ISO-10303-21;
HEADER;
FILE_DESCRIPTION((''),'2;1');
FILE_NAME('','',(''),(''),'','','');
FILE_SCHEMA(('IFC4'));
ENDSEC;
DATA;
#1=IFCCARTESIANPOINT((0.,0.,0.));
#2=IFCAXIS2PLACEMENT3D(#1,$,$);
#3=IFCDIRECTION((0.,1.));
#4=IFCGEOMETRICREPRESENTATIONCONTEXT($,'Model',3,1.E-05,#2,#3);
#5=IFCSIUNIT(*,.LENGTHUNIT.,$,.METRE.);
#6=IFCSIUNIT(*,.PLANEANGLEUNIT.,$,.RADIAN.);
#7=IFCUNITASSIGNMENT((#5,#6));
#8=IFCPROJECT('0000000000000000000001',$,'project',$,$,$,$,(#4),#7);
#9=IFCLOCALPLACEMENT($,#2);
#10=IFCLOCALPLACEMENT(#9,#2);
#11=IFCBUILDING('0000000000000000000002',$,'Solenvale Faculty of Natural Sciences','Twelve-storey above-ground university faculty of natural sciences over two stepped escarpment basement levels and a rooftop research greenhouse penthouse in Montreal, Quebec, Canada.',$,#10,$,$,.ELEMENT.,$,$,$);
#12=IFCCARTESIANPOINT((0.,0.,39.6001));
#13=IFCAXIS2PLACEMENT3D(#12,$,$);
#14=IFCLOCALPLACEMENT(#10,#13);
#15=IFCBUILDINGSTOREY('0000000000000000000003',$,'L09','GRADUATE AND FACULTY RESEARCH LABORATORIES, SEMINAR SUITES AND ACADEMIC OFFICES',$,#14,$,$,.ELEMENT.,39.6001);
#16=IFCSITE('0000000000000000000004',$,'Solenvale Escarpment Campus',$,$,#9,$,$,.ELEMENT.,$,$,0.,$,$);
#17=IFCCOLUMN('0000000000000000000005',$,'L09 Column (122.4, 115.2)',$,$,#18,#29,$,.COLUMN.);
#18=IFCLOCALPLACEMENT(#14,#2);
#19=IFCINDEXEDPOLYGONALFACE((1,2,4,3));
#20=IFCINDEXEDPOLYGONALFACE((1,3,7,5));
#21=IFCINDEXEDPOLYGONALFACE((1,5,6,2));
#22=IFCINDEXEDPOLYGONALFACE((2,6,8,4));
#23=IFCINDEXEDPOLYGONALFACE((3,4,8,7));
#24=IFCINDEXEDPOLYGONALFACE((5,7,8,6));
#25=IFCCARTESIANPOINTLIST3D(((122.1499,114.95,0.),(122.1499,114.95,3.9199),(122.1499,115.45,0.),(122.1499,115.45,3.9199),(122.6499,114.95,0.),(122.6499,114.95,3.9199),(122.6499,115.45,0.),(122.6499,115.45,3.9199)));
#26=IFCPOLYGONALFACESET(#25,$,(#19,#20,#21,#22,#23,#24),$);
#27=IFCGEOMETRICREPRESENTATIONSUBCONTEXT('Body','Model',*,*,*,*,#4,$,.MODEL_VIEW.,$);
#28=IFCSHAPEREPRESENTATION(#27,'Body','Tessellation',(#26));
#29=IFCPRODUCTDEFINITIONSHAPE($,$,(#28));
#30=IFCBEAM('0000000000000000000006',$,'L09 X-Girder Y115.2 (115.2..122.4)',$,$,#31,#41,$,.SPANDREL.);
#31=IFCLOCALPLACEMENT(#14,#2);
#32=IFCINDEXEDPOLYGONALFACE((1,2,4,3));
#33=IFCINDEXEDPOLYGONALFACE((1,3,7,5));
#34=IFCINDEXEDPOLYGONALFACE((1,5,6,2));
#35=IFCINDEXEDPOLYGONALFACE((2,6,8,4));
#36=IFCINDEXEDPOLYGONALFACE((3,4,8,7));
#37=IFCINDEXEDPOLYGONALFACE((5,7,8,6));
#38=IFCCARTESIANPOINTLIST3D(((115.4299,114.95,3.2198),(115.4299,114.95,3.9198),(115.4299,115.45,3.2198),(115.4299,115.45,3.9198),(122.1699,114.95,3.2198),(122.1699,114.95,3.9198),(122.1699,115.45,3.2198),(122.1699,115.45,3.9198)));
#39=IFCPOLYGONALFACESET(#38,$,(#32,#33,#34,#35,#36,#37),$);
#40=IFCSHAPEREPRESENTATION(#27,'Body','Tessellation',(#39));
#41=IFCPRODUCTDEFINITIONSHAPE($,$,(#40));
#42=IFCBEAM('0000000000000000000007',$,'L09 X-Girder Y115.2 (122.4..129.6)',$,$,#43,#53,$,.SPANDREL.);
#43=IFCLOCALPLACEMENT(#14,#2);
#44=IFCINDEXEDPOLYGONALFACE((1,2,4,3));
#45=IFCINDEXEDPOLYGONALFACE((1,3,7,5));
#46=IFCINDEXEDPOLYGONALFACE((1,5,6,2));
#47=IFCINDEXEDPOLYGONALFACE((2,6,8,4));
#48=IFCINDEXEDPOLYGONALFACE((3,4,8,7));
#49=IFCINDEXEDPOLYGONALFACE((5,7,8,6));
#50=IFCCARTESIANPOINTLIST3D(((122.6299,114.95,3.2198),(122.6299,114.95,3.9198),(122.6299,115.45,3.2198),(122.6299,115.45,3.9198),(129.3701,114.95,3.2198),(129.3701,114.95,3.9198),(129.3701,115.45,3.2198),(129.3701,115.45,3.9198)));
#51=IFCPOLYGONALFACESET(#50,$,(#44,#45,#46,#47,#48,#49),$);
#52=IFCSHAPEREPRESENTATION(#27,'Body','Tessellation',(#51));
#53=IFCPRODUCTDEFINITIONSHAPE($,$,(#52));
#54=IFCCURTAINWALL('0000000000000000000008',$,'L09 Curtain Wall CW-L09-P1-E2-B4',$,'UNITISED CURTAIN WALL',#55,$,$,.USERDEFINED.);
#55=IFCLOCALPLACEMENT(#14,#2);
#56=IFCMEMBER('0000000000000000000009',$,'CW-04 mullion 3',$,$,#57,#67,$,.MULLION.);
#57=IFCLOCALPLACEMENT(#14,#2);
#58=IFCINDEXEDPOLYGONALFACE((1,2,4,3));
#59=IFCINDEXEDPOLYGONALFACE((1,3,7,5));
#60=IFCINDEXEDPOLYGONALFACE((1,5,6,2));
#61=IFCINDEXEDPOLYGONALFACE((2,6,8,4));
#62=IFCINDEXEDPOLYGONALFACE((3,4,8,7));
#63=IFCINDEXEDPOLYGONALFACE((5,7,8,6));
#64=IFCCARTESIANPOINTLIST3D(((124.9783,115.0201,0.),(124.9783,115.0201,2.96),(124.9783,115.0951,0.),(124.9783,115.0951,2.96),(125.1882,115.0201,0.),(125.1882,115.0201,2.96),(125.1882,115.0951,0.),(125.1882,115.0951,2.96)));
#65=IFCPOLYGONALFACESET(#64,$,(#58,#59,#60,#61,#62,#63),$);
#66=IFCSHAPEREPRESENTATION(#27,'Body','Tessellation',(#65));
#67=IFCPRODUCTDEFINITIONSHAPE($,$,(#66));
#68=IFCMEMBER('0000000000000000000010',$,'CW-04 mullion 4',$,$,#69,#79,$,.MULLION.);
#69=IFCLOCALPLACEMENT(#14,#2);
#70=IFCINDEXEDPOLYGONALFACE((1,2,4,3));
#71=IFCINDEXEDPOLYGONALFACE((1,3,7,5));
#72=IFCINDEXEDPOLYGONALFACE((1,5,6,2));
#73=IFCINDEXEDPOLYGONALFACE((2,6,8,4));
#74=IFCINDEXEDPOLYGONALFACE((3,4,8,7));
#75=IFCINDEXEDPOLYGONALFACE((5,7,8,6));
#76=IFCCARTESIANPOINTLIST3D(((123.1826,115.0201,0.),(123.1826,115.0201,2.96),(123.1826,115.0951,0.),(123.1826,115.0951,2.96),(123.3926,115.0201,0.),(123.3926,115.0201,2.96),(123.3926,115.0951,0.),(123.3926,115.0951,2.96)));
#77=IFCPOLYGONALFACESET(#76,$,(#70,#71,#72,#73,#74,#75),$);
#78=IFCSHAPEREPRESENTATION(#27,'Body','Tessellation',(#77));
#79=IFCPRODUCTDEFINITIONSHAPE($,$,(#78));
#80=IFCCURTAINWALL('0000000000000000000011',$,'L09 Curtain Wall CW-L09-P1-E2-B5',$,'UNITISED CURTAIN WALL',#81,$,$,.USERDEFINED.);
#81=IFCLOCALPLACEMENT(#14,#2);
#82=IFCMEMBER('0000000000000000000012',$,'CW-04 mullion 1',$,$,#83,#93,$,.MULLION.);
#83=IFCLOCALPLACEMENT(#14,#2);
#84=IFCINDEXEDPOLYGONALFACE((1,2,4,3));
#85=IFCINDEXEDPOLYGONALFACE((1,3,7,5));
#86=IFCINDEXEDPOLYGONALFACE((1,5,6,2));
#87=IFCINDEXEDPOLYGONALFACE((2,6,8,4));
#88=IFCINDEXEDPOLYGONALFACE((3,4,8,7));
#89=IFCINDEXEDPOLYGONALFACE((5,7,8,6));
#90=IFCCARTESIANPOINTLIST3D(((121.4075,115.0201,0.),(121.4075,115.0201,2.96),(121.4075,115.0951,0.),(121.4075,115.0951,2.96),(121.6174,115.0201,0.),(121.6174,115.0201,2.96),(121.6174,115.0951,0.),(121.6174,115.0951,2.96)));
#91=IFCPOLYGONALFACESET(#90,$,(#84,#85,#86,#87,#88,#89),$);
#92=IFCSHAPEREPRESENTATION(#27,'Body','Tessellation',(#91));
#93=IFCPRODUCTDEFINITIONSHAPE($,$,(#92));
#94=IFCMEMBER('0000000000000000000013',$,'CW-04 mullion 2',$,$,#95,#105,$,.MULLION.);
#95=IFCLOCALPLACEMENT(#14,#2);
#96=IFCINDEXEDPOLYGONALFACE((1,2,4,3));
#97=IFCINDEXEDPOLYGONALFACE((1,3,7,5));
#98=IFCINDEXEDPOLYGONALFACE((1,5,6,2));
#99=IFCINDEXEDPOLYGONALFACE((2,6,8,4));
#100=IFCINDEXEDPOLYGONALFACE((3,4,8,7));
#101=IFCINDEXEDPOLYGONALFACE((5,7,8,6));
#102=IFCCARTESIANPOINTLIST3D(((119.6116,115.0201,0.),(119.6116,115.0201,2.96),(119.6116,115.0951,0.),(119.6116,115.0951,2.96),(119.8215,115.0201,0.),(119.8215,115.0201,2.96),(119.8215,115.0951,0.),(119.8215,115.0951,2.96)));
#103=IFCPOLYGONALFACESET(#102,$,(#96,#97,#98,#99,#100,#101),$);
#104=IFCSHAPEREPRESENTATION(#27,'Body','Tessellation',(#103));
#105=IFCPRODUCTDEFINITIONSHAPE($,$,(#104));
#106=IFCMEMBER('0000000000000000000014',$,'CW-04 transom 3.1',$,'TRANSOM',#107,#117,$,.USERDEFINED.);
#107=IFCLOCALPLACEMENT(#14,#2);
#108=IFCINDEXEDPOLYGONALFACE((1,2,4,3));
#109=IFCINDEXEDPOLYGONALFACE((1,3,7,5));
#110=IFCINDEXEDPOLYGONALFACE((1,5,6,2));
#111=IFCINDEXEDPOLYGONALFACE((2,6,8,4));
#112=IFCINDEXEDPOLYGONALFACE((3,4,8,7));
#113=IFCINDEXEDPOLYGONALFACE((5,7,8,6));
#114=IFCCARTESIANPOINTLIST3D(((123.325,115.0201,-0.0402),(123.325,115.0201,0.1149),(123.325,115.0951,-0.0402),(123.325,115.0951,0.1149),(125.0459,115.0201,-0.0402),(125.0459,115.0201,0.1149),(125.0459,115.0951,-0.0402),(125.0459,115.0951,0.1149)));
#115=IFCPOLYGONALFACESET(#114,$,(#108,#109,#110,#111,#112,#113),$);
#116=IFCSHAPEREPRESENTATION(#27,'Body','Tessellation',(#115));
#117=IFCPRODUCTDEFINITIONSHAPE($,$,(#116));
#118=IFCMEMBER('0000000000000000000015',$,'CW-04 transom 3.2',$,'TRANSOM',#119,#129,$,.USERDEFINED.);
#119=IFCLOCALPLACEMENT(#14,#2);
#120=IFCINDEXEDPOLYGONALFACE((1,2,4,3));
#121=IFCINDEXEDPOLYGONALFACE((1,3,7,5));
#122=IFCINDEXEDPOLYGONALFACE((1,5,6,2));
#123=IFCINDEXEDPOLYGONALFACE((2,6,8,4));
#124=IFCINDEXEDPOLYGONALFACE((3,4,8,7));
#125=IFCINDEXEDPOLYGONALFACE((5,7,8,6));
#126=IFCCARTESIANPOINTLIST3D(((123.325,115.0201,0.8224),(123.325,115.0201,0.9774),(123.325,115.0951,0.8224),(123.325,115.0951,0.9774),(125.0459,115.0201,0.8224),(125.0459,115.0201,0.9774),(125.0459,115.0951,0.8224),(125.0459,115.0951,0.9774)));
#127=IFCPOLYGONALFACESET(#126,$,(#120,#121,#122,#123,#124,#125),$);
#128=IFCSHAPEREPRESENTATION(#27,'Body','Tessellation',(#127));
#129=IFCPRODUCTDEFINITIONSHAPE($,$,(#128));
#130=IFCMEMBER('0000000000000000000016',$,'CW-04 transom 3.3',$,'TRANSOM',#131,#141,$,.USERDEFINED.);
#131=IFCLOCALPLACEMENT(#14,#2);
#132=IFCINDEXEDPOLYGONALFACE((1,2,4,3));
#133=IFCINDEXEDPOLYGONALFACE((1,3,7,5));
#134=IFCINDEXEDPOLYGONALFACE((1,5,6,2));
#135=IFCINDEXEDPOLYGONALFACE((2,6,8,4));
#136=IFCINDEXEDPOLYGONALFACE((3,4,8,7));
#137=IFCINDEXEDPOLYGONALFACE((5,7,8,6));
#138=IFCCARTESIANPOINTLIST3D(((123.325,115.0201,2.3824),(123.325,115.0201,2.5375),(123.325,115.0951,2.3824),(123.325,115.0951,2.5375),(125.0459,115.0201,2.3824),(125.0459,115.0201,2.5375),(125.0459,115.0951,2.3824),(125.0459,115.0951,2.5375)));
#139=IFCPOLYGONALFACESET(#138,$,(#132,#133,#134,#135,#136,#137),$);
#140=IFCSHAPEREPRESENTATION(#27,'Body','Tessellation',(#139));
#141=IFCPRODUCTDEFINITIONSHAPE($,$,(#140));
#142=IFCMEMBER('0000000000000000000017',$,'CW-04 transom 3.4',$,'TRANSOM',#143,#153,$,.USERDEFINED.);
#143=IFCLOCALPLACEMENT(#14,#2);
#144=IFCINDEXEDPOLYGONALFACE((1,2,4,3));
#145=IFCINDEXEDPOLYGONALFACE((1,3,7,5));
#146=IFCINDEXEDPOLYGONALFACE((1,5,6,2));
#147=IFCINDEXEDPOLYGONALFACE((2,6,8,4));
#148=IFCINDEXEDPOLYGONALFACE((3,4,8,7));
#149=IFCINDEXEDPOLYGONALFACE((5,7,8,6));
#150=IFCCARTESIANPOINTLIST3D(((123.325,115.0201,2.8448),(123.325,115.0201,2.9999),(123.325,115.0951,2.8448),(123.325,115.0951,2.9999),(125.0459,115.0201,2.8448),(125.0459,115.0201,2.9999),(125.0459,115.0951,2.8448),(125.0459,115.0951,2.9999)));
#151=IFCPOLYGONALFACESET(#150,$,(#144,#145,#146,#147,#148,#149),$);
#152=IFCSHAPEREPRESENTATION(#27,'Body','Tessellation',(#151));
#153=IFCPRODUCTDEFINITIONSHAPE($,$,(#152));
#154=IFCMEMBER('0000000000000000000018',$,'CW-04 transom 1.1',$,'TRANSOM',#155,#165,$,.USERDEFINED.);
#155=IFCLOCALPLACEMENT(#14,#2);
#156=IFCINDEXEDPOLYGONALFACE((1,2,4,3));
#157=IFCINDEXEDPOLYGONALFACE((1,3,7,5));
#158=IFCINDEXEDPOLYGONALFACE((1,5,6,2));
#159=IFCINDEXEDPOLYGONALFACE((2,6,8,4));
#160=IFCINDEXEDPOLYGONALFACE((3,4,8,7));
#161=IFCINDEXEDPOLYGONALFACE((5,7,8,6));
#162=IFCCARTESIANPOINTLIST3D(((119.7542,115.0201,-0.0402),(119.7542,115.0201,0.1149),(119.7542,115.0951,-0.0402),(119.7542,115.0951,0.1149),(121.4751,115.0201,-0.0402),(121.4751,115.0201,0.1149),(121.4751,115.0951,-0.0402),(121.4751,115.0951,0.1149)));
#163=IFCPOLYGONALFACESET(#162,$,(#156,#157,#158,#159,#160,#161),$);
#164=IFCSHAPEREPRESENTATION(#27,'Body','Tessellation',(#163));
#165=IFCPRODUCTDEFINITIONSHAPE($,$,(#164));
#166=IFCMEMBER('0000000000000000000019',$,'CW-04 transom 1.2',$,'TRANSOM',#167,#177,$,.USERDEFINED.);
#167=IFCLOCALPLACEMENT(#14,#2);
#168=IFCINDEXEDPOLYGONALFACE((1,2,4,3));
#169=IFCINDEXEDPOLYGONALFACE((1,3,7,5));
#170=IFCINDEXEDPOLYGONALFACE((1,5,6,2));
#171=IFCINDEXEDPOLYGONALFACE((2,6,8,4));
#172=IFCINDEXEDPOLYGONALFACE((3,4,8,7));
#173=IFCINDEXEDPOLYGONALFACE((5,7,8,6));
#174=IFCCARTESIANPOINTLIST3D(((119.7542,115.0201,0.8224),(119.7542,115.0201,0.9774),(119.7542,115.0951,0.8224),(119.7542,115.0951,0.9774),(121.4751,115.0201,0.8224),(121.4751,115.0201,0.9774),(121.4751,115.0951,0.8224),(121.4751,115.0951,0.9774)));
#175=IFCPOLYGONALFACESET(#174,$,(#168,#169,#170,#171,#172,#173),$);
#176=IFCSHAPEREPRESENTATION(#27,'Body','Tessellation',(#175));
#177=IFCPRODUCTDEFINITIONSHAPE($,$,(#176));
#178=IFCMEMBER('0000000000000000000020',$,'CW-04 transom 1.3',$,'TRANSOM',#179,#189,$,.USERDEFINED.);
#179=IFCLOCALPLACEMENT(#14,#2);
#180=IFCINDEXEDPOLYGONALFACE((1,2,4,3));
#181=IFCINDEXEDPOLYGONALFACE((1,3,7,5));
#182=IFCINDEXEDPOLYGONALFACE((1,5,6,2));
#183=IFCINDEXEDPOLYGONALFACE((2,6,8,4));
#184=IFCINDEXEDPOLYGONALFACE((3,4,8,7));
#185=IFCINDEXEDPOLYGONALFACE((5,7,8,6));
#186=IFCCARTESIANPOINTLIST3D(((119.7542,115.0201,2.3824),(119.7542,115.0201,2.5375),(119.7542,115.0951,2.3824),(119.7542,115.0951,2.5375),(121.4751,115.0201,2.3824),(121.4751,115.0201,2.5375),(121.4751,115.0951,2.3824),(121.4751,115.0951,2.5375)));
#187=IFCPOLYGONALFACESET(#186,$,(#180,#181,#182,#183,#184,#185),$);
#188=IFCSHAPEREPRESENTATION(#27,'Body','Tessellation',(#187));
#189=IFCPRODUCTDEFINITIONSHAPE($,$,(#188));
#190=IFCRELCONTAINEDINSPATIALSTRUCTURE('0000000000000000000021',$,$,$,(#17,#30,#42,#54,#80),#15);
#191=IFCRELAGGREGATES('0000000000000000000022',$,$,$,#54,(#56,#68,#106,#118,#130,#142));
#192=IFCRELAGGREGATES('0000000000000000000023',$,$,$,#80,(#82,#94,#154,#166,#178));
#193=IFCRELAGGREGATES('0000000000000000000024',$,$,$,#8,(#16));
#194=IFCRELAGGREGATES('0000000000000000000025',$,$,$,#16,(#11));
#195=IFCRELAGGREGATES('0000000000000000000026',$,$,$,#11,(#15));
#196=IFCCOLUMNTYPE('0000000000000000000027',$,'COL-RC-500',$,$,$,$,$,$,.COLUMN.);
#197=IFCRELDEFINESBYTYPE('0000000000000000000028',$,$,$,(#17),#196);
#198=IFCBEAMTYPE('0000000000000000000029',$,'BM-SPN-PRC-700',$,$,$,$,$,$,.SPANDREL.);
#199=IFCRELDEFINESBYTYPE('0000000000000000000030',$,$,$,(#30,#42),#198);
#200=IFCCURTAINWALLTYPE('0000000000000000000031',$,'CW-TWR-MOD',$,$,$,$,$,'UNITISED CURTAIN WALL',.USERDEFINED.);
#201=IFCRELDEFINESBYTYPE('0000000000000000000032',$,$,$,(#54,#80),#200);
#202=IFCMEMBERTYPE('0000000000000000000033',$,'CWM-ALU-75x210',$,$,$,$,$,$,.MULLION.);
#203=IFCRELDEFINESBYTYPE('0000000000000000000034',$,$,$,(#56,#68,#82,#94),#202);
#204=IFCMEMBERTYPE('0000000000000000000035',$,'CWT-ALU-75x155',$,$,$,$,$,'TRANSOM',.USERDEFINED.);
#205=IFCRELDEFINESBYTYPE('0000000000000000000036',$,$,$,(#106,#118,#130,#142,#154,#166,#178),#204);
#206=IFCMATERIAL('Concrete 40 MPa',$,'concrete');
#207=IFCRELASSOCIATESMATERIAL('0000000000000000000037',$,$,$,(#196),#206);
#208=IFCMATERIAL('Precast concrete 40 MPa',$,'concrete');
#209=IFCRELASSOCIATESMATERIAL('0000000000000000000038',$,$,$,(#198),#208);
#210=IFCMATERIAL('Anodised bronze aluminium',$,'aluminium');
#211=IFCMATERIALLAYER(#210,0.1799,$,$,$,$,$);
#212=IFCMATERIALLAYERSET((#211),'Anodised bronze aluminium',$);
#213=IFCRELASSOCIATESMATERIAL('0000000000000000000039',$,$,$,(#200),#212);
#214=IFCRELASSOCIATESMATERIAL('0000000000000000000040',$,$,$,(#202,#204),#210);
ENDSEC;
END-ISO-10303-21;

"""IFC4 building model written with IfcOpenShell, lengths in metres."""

from ifc_helpers import new_model, si_unit, direction, frame, origin, origin_2d, place, context, subcontext, project, spatial, rectangle, extrude, material, layer, layer_set, material_profile, profile_set, type_object, element, aggregate, save


model = new_model("IFC4")

# Units and contexts
model_context = context("Model", 3, precision=1e-05, world=origin(), true_north=direction((0.0, 1.0)))
body_context = subcontext(model_context, "Body", "Model", "MODEL_VIEW")
ifc_project = project(units=[si_unit("LENGTHUNIT", "METRE"), si_unit("PLANEANGLEUNIT", "RADIAN")], contexts=[model_context])

# Site, building, storey
site_placement = place(None, origin())
site = spatial("IfcSite", under=ifc_project, at=site_placement, Name="Solenvale Escarpment Campus", CompositionType="ELEMENT", RefElevation=0.0)
building_placement = place(site_placement, origin())
building = spatial("IfcBuilding", under=site, at=building_placement, Name="Solenvale Faculty of Natural Sciences", Description="Twelve-storey above-ground university faculty of natural sciences over two stepped escarpment basement levels and a rooftop research greenhouse penthouse in Montreal, Quebec, Canada.", CompositionType="ELEMENT")
storey_placement = place(building_placement, frame((0.0, 0.0, 39.6001)))
storey = spatial("IfcBuildingStorey", under=building, at=storey_placement, Name="L09", Description="GRADUATE AND FACULTY RESEARCH LABORATORIES, SEMINAR SUITES AND ACADEMIC OFFICES", CompositionType="ELEMENT", Elevation=39.6001)

# Column
ifc_material_1 = material(Name="Concrete 40 MPa", Category="concrete")
ifc_material_profile_1 = material_profile(ifc_material_1, rectangle(XDim=0.5, YDim=0.5, at=origin_2d()), Name="RC-COL-500x500")
ifc_profile_set_1 = profile_set([ifc_material_profile_1], Name="Concrete 40 MPa")
column_type = type_object("IfcColumnType", Name="COL-RC-500", PredefinedType="COLUMN", material=ifc_profile_set_1)
column_placement = place(storey_placement, frame((122.3999, 115.2, 0.0), z_axis=(0.0, 0.0, 1.0), x_axis=(1.0, 0.0, 0.0)))
element("IfcColumn", 1, at=column_placement, inside=storey, type_object=column_type, Name="L09 Column (122.4, 115.2)", PredefinedType="COLUMN", context=body_context, shape_type="SweptSolid", body=[
    extrude(rectangle(XDim=0.5, YDim=0.5, at=origin_2d()), origin(), (0.0, 0.0, 1.0), 3.9199),
])

# Beams
ifc_material_2 = material(Name="Precast concrete 40 MPa", Category="concrete")
ifc_material_profile_2 = material_profile(ifc_material_2, rectangle(XDim=0.5, YDim=0.7, at=origin_2d()), Name="RC-BM-500x700")
ifc_profile_set_2 = profile_set([ifc_material_profile_2], Name="Precast concrete 40 MPa")
beam_type = type_object("IfcBeamType", Name="BM-SPN-PRC-700", PredefinedType="SPANDREL", material=ifc_profile_set_2)
beam_1_placement = place(storey_placement, frame((115.4299, 115.2, 3.5698), z_axis=(1.0, 0.0, 0.0), x_axis=(0.0, 1.0, 0.0)))
element("IfcBeam", 2, at=beam_1_placement, inside=storey, type_object=beam_type, Name="L09 X-Girder Y115.2 (115.2..122.4)", PredefinedType="SPANDREL", context=body_context, shape_type="SweptSolid", body=[
    extrude(rectangle(XDim=0.5, YDim=0.7, at=origin_2d()), origin(), (0.0, 0.0, 1.0), 6.74),
])
beam_2_placement = place(storey_placement, frame((122.6299, 115.2, 3.5698), z_axis=(1.0, 0.0, 0.0), x_axis=(0.0, 1.0, 0.0)))
element("IfcBeam", 3, at=beam_2_placement, inside=storey, type_object=beam_type, Name="L09 X-Girder Y115.2 (122.4..129.6)", PredefinedType="SPANDREL", context=body_context, shape_type="SweptSolid", body=[
    extrude(rectangle(XDim=0.5, YDim=0.7, at=origin_2d()), origin(), (0.0, 0.0, 1.0), 6.7402),
])

# Curtain walls, members
ifc_material_3 = material(Name="Anodised bronze aluminium", Category="aluminium")
ifc_layer_1 = layer(ifc_material_3, 0.1799)
ifc_layer_set_1 = layer_set([ifc_layer_1], Name="Anodised bronze aluminium")
curtain_wall_type = type_object("IfcCurtainWallType", Name="CW-TWR-MOD", ElementType="UNITISED CURTAIN WALL", PredefinedType="USERDEFINED", material=ifc_layer_set_1)
curtain_wall_1_placement = place(storey_placement, origin())
curtain_wall_1 = element("IfcCurtainWall", 4, at=curtain_wall_1_placement, inside=storey, type_object=curtain_wall_type, Name="L09 Curtain Wall CW-L09-P1-E2-B4", ObjectType="UNITISED CURTAIN WALL", PredefinedType="USERDEFINED")
ifc_material_profile_3 = material_profile(ifc_material_3, rectangle(XDim=0.075, YDim=0.21, at=origin_2d()), Name="ALU-MUL-75x210")
ifc_profile_set_3 = profile_set([ifc_material_profile_3], Name="Anodised bronze aluminium")
member_type_1 = type_object("IfcMemberType", Name="CWM-ALU-75x210", PredefinedType="MULLION", material=ifc_profile_set_3)
member_1_placement = place(storey_placement, frame((125.0833, 115.0576, 0.0), z_axis=(0.0, 0.0, 1.0), x_axis=(0.0, -1.0, 0.0)))
member_1 = element("IfcMember", 5, at=member_1_placement, type_object=member_type_1, Name="CW-04 mullion 3", PredefinedType="MULLION", context=body_context, shape_type="SweptSolid", body=[
    extrude(rectangle(XDim=0.075, YDim=0.21, at=origin_2d()), origin(), (0.0, 0.0, 1.0), 2.96),
])
member_2_placement = place(storey_placement, frame((123.2876, 115.0576, 0.0), z_axis=(0.0, 0.0, 1.0), x_axis=(0.0, -1.0, 0.0)))
member_2 = element("IfcMember", 6, at=member_2_placement, type_object=member_type_1, Name="CW-04 mullion 4", PredefinedType="MULLION", context=body_context, shape_type="SweptSolid", body=[
    extrude(rectangle(XDim=0.075, YDim=0.21, at=origin_2d()), origin(), (0.0, 0.0, 1.0), 2.96),
])
curtain_wall_2_placement = place(storey_placement, origin())
curtain_wall_2 = element("IfcCurtainWall", 7, at=curtain_wall_2_placement, inside=storey, type_object=curtain_wall_type, Name="L09 Curtain Wall CW-L09-P1-E2-B5", ObjectType="UNITISED CURTAIN WALL", PredefinedType="USERDEFINED")
member_3_placement = place(storey_placement, frame((121.5125, 115.0576, 0.0), z_axis=(0.0, 0.0, 1.0), x_axis=(0.0, -1.0, 0.0)))
member_3 = element("IfcMember", 8, at=member_3_placement, type_object=member_type_1, Name="CW-04 mullion 1", PredefinedType="MULLION", context=body_context, shape_type="SweptSolid", body=[
    extrude(rectangle(XDim=0.075, YDim=0.21, at=origin_2d()), origin(), (0.0, 0.0, 1.0), 2.96),
])
member_4_placement = place(storey_placement, frame((119.7166, 115.0576, 0.0), z_axis=(0.0, 0.0, 1.0), x_axis=(0.0, -1.0, 0.0)))
member_4 = element("IfcMember", 9, at=member_4_placement, type_object=member_type_1, Name="CW-04 mullion 2", PredefinedType="MULLION", context=body_context, shape_type="SweptSolid", body=[
    extrude(rectangle(XDim=0.075, YDim=0.21, at=origin_2d()), origin(), (0.0, 0.0, 1.0), 2.96),
])

# Members
ifc_material_profile_4 = material_profile(ifc_material_3, rectangle(XDim=0.075, YDim=0.155, at=origin_2d()), Name="ALU-TRN-75x155")
ifc_profile_set_4 = profile_set([ifc_material_profile_4], Name="Anodised bronze aluminium")
member_type_2 = type_object("IfcMemberType", Name="CWT-ALU-75x155", ElementType="TRANSOM", PredefinedType="USERDEFINED", material=ifc_profile_set_4)
member_5_placement = place(storey_placement, frame((125.0459, 115.0576, 0.0374), z_axis=(-1.0, 0.0, 0.0), x_axis=(0.0, -1.0, 0.0)))
member_5 = element("IfcMember", 10, at=member_5_placement, type_object=member_type_2, Name="CW-04 transom 3.1", ObjectType="TRANSOM", PredefinedType="USERDEFINED", context=body_context, shape_type="SweptSolid", body=[
    extrude(rectangle(XDim=0.075, YDim=0.155, at=origin_2d()), origin(), (0.0, 0.0, 1.0), 1.7209),
])
member_6_placement = place(storey_placement, frame((125.0459, 115.0576, 0.8999), z_axis=(-1.0, 0.0, 0.0), x_axis=(0.0, -1.0, 0.0)))
member_6 = element("IfcMember", 11, at=member_6_placement, type_object=member_type_2, Name="CW-04 transom 3.2", ObjectType="TRANSOM", PredefinedType="USERDEFINED", context=body_context, shape_type="SweptSolid", body=[
    extrude(rectangle(XDim=0.075, YDim=0.155, at=origin_2d()), origin(), (0.0, 0.0, 1.0), 1.7209),
])
member_7_placement = place(storey_placement, frame((125.0459, 115.0576, 2.46), z_axis=(-1.0, 0.0, 0.0), x_axis=(0.0, -1.0, 0.0)))
member_7 = element("IfcMember", 12, at=member_7_placement, type_object=member_type_2, Name="CW-04 transom 3.3", ObjectType="TRANSOM", PredefinedType="USERDEFINED", context=body_context, shape_type="SweptSolid", body=[
    extrude(rectangle(XDim=0.075, YDim=0.155, at=origin_2d()), origin(), (0.0, 0.0, 1.0), 1.7209),
])
member_8_placement = place(storey_placement, frame((125.0459, 115.0576, 2.9224), z_axis=(-1.0, 0.0, 0.0), x_axis=(0.0, -1.0, 0.0)))
member_8 = element("IfcMember", 13, at=member_8_placement, type_object=member_type_2, Name="CW-04 transom 3.4", ObjectType="TRANSOM", PredefinedType="USERDEFINED", context=body_context, shape_type="SweptSolid", body=[
    extrude(rectangle(XDim=0.075, YDim=0.155, at=origin_2d()), origin(), (0.0, 0.0, 1.0), 1.7209),
])
member_9_placement = place(storey_placement, frame((121.4751, 115.0576, 0.0374), z_axis=(-1.0, 0.0, 0.0), x_axis=(0.0, -1.0, 0.0)))
member_9 = element("IfcMember", 14, at=member_9_placement, type_object=member_type_2, Name="CW-04 transom 1.1", ObjectType="TRANSOM", PredefinedType="USERDEFINED", context=body_context, shape_type="SweptSolid", body=[
    extrude(rectangle(XDim=0.075, YDim=0.155, at=origin_2d()), origin(), (0.0, 0.0, 1.0), 1.7209),
])
member_10_placement = place(storey_placement, frame((121.4751, 115.0576, 0.8999), z_axis=(-1.0, 0.0, 0.0), x_axis=(0.0, -1.0, 0.0)))
member_10 = element("IfcMember", 15, at=member_10_placement, type_object=member_type_2, Name="CW-04 transom 1.2", ObjectType="TRANSOM", PredefinedType="USERDEFINED", context=body_context, shape_type="SweptSolid", body=[
    extrude(rectangle(XDim=0.075, YDim=0.155, at=origin_2d()), origin(), (0.0, 0.0, 1.0), 1.7209),
])
member_11_placement = place(storey_placement, frame((121.4751, 115.0576, 2.46), z_axis=(-1.0, 0.0, 0.0), x_axis=(0.0, -1.0, 0.0)))
member_11 = element("IfcMember", 16, at=member_11_placement, type_object=member_type_2, Name="CW-04 transom 1.3", ObjectType="TRANSOM", PredefinedType="USERDEFINED", context=body_context, shape_type="SweptSolid", body=[
    extrude(rectangle(XDim=0.075, YDim=0.155, at=origin_2d()), origin(), (0.0, 0.0, 1.0), 1.7209),
])

aggregate(curtain_wall_1, [member_1, member_2, member_5, member_6, member_7, member_8])
aggregate(curtain_wall_2, [member_3, member_4, member_9, member_10, member_11])

save(model, "model.ifc")
